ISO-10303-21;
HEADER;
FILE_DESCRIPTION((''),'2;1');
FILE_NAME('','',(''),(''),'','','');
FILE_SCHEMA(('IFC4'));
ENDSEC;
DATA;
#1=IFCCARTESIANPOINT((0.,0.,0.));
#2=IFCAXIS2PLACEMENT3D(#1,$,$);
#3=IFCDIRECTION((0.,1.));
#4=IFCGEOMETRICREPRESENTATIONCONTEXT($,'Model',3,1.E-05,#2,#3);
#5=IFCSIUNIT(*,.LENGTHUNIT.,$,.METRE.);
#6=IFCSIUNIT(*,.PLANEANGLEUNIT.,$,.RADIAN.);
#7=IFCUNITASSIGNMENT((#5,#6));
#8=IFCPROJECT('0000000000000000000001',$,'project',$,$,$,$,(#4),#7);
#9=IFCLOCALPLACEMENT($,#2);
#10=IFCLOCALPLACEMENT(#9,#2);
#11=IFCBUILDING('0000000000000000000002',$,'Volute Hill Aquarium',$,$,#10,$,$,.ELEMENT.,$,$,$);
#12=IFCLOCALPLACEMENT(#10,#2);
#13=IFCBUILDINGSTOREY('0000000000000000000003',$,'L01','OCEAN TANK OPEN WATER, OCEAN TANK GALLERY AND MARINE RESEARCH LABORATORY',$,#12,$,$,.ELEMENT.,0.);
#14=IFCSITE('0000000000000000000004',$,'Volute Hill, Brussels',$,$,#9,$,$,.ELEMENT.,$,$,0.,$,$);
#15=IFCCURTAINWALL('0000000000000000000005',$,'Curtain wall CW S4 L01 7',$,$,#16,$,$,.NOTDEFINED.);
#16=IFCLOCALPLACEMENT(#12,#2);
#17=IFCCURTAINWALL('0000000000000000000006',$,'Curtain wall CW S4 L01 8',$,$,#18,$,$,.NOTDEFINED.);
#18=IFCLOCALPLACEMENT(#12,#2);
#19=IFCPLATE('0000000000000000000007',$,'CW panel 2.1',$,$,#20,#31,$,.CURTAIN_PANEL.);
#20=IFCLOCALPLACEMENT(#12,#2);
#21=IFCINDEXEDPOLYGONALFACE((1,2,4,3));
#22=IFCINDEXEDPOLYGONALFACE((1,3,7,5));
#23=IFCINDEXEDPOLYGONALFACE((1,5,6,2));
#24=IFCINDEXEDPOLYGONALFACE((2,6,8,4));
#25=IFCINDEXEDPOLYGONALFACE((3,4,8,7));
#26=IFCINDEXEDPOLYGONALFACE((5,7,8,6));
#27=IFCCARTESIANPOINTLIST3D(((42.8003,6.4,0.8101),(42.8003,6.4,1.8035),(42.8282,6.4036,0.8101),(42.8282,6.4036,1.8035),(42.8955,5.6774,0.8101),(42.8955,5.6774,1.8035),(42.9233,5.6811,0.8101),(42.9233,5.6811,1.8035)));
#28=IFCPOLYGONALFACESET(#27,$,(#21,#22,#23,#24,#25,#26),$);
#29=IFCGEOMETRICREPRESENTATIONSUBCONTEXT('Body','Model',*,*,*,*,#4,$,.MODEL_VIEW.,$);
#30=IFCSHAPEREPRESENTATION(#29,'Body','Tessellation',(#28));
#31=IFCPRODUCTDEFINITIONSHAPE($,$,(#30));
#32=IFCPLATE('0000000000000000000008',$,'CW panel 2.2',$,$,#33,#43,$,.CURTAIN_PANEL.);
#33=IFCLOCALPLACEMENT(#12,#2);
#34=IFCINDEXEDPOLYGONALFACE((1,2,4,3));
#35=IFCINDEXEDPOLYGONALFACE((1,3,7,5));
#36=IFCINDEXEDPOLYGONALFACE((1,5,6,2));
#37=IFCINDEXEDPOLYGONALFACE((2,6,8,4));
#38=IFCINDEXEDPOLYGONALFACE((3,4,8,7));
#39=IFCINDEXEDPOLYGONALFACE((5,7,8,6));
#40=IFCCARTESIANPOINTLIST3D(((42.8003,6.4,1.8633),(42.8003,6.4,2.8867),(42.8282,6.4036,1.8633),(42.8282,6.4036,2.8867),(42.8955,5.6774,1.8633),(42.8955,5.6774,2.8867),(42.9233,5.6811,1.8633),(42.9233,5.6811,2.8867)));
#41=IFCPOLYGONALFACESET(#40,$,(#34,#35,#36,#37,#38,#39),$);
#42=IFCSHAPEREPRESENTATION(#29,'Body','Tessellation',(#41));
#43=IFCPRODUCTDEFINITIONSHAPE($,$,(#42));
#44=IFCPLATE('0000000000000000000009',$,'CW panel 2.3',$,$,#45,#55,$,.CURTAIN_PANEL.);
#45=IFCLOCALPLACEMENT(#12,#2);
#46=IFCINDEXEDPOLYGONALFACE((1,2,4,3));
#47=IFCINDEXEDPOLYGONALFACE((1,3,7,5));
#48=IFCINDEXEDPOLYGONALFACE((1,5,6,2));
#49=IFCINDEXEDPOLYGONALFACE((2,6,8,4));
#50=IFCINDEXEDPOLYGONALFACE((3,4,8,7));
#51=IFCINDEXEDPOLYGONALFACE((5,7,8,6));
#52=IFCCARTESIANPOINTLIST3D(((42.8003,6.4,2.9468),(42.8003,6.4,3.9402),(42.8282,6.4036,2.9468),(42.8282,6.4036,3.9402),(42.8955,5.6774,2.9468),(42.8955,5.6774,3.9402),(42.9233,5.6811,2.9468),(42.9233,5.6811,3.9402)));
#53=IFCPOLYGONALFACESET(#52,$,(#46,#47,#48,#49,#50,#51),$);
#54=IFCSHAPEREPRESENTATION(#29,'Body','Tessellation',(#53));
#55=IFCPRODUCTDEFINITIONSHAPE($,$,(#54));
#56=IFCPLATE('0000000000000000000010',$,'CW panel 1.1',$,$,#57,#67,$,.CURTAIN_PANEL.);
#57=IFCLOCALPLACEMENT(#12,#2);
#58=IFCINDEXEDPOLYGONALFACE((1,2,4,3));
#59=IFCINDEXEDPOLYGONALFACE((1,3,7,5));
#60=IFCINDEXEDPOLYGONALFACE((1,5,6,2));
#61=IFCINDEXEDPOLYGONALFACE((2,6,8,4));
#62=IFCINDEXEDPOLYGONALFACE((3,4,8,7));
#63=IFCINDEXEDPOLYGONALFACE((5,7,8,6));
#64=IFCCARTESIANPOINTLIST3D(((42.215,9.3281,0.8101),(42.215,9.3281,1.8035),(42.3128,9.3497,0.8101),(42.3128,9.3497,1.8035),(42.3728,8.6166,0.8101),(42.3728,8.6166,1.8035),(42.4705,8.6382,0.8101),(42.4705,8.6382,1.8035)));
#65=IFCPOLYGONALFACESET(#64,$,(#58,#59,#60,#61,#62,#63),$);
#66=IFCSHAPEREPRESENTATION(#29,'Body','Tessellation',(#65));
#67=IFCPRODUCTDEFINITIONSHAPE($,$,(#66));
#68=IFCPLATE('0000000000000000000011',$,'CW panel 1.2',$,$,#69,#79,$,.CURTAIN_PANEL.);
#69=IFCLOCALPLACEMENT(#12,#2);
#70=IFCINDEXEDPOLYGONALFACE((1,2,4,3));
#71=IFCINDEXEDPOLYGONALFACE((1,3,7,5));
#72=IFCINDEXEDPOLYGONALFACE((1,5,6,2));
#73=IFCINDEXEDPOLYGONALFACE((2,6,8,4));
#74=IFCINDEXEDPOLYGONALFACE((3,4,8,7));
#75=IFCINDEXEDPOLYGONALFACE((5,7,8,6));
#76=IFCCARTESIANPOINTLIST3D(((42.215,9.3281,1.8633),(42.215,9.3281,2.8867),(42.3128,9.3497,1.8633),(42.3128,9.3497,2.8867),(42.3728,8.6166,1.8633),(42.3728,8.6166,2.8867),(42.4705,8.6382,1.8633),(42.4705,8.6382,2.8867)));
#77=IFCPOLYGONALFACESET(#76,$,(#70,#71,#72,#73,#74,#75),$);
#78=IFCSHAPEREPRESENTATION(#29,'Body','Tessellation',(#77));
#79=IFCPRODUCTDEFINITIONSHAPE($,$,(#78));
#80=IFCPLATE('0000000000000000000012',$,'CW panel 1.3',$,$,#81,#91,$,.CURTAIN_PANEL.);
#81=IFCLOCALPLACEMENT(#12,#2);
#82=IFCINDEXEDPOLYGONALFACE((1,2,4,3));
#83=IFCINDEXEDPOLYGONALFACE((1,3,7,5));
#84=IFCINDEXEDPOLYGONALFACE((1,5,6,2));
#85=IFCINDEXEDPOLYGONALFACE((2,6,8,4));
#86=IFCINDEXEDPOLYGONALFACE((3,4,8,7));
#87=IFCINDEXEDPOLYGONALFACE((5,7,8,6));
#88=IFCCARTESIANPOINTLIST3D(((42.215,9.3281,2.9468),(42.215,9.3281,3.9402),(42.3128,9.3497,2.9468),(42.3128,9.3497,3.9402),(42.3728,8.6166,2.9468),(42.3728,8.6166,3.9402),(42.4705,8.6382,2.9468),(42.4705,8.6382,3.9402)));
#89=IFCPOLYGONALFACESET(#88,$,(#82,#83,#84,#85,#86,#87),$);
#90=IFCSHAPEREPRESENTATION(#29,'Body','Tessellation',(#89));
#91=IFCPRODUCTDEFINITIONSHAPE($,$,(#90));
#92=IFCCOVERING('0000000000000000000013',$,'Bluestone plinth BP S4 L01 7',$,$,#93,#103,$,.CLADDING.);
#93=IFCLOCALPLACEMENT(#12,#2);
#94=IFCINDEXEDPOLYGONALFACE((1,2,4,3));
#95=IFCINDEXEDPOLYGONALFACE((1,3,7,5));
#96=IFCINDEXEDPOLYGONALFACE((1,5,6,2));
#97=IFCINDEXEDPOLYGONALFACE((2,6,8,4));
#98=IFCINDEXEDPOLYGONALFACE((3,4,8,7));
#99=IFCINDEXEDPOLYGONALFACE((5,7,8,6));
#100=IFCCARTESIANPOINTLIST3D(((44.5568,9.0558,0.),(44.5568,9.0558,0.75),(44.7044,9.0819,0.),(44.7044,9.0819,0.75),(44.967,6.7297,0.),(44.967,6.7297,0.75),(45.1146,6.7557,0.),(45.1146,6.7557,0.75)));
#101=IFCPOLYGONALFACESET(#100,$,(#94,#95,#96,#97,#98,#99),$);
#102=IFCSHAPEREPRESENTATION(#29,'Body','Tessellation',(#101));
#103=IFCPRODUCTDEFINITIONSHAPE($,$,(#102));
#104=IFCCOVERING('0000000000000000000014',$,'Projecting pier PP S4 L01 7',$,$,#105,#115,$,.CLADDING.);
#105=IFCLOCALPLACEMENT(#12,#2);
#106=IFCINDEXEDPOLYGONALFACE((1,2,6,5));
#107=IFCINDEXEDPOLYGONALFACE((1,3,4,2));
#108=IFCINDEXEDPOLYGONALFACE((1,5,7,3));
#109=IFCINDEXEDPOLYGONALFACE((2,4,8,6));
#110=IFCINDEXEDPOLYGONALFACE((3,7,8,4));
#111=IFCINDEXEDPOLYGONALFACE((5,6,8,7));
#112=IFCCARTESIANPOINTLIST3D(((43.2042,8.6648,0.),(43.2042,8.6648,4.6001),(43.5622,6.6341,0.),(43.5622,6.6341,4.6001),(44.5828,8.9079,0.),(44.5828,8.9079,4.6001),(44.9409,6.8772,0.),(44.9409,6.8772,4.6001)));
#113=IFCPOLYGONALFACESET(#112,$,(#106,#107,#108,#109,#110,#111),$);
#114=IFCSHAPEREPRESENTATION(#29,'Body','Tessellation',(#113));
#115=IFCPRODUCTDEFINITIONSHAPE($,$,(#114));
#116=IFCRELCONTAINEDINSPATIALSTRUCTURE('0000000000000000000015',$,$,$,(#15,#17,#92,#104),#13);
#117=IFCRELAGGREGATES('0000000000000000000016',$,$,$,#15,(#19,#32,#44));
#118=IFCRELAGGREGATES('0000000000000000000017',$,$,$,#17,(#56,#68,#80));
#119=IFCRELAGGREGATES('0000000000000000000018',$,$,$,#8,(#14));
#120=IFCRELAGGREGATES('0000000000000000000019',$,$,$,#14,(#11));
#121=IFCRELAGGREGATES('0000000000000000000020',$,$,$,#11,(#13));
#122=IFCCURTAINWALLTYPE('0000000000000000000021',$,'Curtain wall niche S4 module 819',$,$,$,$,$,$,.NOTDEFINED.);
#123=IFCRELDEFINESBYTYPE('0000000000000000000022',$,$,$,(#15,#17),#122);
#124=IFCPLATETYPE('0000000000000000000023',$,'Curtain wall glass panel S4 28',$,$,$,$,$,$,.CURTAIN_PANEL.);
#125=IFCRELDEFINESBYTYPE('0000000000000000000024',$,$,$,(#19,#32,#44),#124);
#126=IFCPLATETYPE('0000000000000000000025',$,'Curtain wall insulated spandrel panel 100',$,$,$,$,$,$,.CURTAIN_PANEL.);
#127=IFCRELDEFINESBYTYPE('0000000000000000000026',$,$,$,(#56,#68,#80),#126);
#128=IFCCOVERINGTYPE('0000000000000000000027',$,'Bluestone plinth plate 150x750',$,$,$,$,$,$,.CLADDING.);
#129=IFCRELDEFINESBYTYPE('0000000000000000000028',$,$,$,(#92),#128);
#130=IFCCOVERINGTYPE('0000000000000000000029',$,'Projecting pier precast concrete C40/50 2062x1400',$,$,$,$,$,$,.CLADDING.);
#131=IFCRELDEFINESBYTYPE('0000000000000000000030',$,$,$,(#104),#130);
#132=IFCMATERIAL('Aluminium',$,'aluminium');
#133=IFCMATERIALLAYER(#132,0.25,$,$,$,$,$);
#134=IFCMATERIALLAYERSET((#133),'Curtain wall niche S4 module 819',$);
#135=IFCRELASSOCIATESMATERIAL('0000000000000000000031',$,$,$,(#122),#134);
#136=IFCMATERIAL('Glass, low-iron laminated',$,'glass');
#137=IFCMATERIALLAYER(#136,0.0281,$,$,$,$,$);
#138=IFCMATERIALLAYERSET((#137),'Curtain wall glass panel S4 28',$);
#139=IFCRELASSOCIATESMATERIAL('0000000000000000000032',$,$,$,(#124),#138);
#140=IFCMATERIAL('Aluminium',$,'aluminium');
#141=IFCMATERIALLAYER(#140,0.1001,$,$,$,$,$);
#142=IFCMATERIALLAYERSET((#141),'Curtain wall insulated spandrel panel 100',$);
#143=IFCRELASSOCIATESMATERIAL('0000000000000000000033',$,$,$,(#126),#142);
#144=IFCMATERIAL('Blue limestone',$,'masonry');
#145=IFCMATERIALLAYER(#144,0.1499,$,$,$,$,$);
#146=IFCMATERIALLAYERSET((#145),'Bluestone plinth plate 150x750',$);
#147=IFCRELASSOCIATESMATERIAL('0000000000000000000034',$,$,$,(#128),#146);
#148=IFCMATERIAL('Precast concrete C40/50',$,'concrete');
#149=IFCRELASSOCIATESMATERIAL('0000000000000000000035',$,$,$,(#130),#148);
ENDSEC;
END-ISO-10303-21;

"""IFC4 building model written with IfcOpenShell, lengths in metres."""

from ifc_helpers import new_model, si_unit, direction, frame, origin, origin_2d, place, context, subcontext, project, spatial, rectangle, extrude, material, layer, layer_set, type_object, element, aggregate, save


model = new_model("IFC4")

# Units and contexts
model_context = context("Model", 3, precision=1e-05, world=origin(), true_north=direction((0.0, 1.0)))
body_context = subcontext(model_context, "Body", "Model", "MODEL_VIEW")
ifc_project = project(units=[si_unit("LENGTHUNIT", "METRE"), si_unit("PLANEANGLEUNIT", "RADIAN")], contexts=[model_context])

# Site, building, storey
site_placement = place(None, origin())
site = spatial("IfcSite", under=ifc_project, at=site_placement, Name="Volute Hill, Brussels", CompositionType="ELEMENT", RefElevation=0.0)
building_placement = place(site_placement, origin())
building = spatial("IfcBuilding", under=site, at=building_placement, Name="Volute Hill Aquarium", CompositionType="ELEMENT")
storey_placement = place(building_placement, origin())
storey = spatial("IfcBuildingStorey", under=building, at=storey_placement, Name="L01", Description="OCEAN TANK OPEN WATER, OCEAN TANK GALLERY AND MARINE RESEARCH LABORATORY", CompositionType="ELEMENT", Elevation=0.0)

# Curtain wall
ifc_material_1 = material(Name="Aluminium", Category="aluminium")
ifc_layer_1 = layer(ifc_material_1, 0.25)
ifc_layer_set_1 = layer_set([ifc_layer_1], Name="Curtain wall niche S4 module 819")
curtain_wall_type = type_object("IfcCurtainWallType", Name="Curtain wall niche S4 module 819", PredefinedType="NOTDEFINED", material=ifc_layer_set_1)
curtain_wall_1_placement = place(storey_placement, origin())
curtain_wall_1 = element("IfcCurtainWall", 1, at=curtain_wall_1_placement, inside=storey, type_object=curtain_wall_type, Name="Curtain wall CW S4 L01 7", PredefinedType="NOTDEFINED")

# Curtain wall
curtain_wall_2_placement = place(storey_placement, origin())
curtain_wall_2 = element("IfcCurtainWall", 2, at=curtain_wall_2_placement, inside=storey, type_object=curtain_wall_type, Name="Curtain wall CW S4 L01 8", PredefinedType="NOTDEFINED")

# Plates
ifc_material_2 = material(Name="Glass, low-iron laminated", Category="glass")
ifc_layer_2 = layer(ifc_material_2, 0.0281)
ifc_layer_set_2 = layer_set([ifc_layer_2], Name="Curtain wall glass panel S4 28")
plate_type_1 = type_object("IfcPlateType", Name="Curtain wall glass panel S4 28", PredefinedType="CURTAIN_PANEL", material=ifc_layer_set_2)
plate_1_placement = place(storey_placement, frame((42.8618, 6.0405, 0.8101), z_axis=(0.0, 0.0, 1.0), x_axis=(-0.130516, 0.991446, 0.0)))
plate_1 = element("IfcPlate", 3, at=plate_1_placement, type_object=plate_type_1, Name="CW panel 2.1", PredefinedType="CURTAIN_PANEL", context=body_context, shape_type="SweptSolid", body=[
    extrude(rectangle(XDim=0.7288, YDim=0.0281, at=origin_2d()), origin(), (0.0, 0.0, 1.0), 0.9934),
])
plate_2_placement = place(storey_placement, frame((42.8618, 6.0405, 1.8633), z_axis=(0.0, 0.0, 1.0), x_axis=(-0.130516, 0.991446, 0.0)))
plate_2 = element("IfcPlate", 4, at=plate_2_placement, type_object=plate_type_1, Name="CW panel 2.2", PredefinedType="CURTAIN_PANEL", context=body_context, shape_type="SweptSolid", body=[
    extrude(rectangle(XDim=0.7288, YDim=0.0281, at=origin_2d()), origin(), (0.0, 0.0, 1.0), 1.0234),
])
plate_3_placement = place(storey_placement, frame((42.8618, 6.0405, 2.9468), z_axis=(0.0, 0.0, 1.0), x_axis=(-0.130516, 0.991446, 0.0)))
plate_3 = element("IfcPlate", 5, at=plate_3_placement, type_object=plate_type_1, Name="CW panel 2.3", PredefinedType="CURTAIN_PANEL", context=body_context, shape_type="SweptSolid", body=[
    extrude(rectangle(XDim=0.7288, YDim=0.0281, at=origin_2d()), origin(), (0.0, 0.0, 1.0), 0.9934),
])
aggregate(curtain_wall_1, [plate_1, plate_2, plate_3])
ifc_material_3 = material(Name="Aluminium", Category="aluminium")
ifc_layer_3 = layer(ifc_material_3, 0.1001)
ifc_layer_set_3 = layer_set([ifc_layer_3], Name="Curtain wall insulated spandrel panel 100")
plate_type_2 = type_object("IfcPlateType", Name="Curtain wall insulated spandrel panel 100", PredefinedType="CURTAIN_PANEL", material=ifc_layer_set_3)
plate_4_placement = place(storey_placement, frame((42.3428, 8.9832, 0.8101), z_axis=(0.0, 0.0, 1.0), x_axis=(-0.216436, 0.976297, 0.0)))
plate_4 = element("IfcPlate", 6, at=plate_4_placement, type_object=plate_type_2, Name="CW panel 1.1", PredefinedType="CURTAIN_PANEL", context=body_context, shape_type="SweptSolid", body=[
    extrude(rectangle(XDim=0.7288, YDim=0.1001, at=origin_2d()), origin(), (0.0, 0.0, 1.0), 0.9934),
])
plate_5_placement = place(storey_placement, frame((42.3428, 8.9832, 1.8633), z_axis=(0.0, 0.0, 1.0), x_axis=(-0.216436, 0.976297, 0.0)))
plate_5 = element("IfcPlate", 7, at=plate_5_placement, type_object=plate_type_2, Name="CW panel 1.2", PredefinedType="CURTAIN_PANEL", context=body_context, shape_type="SweptSolid", body=[
    extrude(rectangle(XDim=0.7288, YDim=0.1001, at=origin_2d()), origin(), (0.0, 0.0, 1.0), 1.0234),
])
plate_6_placement = place(storey_placement, frame((42.3428, 8.9832, 2.9468), z_axis=(0.0, 0.0, 1.0), x_axis=(-0.216436, 0.976297, 0.0)))
plate_6 = element("IfcPlate", 8, at=plate_6_placement, type_object=plate_type_2, Name="CW panel 1.3", PredefinedType="CURTAIN_PANEL", context=body_context, shape_type="SweptSolid", body=[
    extrude(rectangle(XDim=0.7288, YDim=0.1001, at=origin_2d()), origin(), (0.0, 0.0, 1.0), 0.9934),
])
aggregate(curtain_wall_2, [plate_4, plate_5, plate_6])

# Coverings
ifc_material_4 = material(Name="Blue limestone", Category="masonry")
ifc_layer_4 = layer(ifc_material_4, 0.1499)
ifc_layer_set_4 = layer_set([ifc_layer_4], Name="Bluestone plinth plate 150x750")
covering_type_1 = type_object("IfcCoveringType", Name="Bluestone plinth plate 150x750", PredefinedType="CLADDING", material=ifc_layer_set_4)
covering_1_placement = place(storey_placement, frame((44.8357, 7.9058, 0.0), z_axis=(0.0, 0.0, 1.0), x_axis=(-0.173648, 0.984808, 0.0)))
element("IfcCovering", 9, at=covering_1_placement, inside=storey, type_object=covering_type_1, Name="Bluestone plinth BP S4 L01 7", PredefinedType="CLADDING", context=body_context, shape_type="SweptSolid", body=[
    extrude(rectangle(XDim=2.3621, YDim=0.1499, at=origin_2d()), origin(), (0.0, 0.0, 1.0), 0.75),
])
ifc_material_5 = material(Name="Precast concrete C40/50", Category="concrete")
covering_type_2 = type_object("IfcCoveringType", Name="Projecting pier precast concrete C40/50 2062x1400", PredefinedType="CLADDING", material=ifc_material_5)
covering_2_placement = place(storey_placement, frame((44.0725, 7.771, 0.0), z_axis=(0.0, 0.0, 1.0), x_axis=(-0.173648, 0.984808, 0.0)))
element("IfcCovering", 10, at=covering_2_placement, inside=storey, type_object=covering_type_2, Name="Projecting pier PP S4 L01 7", PredefinedType="CLADDING", context=body_context, shape_type="SweptSolid", body=[
    extrude(rectangle(XDim=2.062, YDim=1.3999, at=origin_2d()), origin(), (0.0, 0.0, 1.0), 4.6001),
])

save(model, "model.ifc")
